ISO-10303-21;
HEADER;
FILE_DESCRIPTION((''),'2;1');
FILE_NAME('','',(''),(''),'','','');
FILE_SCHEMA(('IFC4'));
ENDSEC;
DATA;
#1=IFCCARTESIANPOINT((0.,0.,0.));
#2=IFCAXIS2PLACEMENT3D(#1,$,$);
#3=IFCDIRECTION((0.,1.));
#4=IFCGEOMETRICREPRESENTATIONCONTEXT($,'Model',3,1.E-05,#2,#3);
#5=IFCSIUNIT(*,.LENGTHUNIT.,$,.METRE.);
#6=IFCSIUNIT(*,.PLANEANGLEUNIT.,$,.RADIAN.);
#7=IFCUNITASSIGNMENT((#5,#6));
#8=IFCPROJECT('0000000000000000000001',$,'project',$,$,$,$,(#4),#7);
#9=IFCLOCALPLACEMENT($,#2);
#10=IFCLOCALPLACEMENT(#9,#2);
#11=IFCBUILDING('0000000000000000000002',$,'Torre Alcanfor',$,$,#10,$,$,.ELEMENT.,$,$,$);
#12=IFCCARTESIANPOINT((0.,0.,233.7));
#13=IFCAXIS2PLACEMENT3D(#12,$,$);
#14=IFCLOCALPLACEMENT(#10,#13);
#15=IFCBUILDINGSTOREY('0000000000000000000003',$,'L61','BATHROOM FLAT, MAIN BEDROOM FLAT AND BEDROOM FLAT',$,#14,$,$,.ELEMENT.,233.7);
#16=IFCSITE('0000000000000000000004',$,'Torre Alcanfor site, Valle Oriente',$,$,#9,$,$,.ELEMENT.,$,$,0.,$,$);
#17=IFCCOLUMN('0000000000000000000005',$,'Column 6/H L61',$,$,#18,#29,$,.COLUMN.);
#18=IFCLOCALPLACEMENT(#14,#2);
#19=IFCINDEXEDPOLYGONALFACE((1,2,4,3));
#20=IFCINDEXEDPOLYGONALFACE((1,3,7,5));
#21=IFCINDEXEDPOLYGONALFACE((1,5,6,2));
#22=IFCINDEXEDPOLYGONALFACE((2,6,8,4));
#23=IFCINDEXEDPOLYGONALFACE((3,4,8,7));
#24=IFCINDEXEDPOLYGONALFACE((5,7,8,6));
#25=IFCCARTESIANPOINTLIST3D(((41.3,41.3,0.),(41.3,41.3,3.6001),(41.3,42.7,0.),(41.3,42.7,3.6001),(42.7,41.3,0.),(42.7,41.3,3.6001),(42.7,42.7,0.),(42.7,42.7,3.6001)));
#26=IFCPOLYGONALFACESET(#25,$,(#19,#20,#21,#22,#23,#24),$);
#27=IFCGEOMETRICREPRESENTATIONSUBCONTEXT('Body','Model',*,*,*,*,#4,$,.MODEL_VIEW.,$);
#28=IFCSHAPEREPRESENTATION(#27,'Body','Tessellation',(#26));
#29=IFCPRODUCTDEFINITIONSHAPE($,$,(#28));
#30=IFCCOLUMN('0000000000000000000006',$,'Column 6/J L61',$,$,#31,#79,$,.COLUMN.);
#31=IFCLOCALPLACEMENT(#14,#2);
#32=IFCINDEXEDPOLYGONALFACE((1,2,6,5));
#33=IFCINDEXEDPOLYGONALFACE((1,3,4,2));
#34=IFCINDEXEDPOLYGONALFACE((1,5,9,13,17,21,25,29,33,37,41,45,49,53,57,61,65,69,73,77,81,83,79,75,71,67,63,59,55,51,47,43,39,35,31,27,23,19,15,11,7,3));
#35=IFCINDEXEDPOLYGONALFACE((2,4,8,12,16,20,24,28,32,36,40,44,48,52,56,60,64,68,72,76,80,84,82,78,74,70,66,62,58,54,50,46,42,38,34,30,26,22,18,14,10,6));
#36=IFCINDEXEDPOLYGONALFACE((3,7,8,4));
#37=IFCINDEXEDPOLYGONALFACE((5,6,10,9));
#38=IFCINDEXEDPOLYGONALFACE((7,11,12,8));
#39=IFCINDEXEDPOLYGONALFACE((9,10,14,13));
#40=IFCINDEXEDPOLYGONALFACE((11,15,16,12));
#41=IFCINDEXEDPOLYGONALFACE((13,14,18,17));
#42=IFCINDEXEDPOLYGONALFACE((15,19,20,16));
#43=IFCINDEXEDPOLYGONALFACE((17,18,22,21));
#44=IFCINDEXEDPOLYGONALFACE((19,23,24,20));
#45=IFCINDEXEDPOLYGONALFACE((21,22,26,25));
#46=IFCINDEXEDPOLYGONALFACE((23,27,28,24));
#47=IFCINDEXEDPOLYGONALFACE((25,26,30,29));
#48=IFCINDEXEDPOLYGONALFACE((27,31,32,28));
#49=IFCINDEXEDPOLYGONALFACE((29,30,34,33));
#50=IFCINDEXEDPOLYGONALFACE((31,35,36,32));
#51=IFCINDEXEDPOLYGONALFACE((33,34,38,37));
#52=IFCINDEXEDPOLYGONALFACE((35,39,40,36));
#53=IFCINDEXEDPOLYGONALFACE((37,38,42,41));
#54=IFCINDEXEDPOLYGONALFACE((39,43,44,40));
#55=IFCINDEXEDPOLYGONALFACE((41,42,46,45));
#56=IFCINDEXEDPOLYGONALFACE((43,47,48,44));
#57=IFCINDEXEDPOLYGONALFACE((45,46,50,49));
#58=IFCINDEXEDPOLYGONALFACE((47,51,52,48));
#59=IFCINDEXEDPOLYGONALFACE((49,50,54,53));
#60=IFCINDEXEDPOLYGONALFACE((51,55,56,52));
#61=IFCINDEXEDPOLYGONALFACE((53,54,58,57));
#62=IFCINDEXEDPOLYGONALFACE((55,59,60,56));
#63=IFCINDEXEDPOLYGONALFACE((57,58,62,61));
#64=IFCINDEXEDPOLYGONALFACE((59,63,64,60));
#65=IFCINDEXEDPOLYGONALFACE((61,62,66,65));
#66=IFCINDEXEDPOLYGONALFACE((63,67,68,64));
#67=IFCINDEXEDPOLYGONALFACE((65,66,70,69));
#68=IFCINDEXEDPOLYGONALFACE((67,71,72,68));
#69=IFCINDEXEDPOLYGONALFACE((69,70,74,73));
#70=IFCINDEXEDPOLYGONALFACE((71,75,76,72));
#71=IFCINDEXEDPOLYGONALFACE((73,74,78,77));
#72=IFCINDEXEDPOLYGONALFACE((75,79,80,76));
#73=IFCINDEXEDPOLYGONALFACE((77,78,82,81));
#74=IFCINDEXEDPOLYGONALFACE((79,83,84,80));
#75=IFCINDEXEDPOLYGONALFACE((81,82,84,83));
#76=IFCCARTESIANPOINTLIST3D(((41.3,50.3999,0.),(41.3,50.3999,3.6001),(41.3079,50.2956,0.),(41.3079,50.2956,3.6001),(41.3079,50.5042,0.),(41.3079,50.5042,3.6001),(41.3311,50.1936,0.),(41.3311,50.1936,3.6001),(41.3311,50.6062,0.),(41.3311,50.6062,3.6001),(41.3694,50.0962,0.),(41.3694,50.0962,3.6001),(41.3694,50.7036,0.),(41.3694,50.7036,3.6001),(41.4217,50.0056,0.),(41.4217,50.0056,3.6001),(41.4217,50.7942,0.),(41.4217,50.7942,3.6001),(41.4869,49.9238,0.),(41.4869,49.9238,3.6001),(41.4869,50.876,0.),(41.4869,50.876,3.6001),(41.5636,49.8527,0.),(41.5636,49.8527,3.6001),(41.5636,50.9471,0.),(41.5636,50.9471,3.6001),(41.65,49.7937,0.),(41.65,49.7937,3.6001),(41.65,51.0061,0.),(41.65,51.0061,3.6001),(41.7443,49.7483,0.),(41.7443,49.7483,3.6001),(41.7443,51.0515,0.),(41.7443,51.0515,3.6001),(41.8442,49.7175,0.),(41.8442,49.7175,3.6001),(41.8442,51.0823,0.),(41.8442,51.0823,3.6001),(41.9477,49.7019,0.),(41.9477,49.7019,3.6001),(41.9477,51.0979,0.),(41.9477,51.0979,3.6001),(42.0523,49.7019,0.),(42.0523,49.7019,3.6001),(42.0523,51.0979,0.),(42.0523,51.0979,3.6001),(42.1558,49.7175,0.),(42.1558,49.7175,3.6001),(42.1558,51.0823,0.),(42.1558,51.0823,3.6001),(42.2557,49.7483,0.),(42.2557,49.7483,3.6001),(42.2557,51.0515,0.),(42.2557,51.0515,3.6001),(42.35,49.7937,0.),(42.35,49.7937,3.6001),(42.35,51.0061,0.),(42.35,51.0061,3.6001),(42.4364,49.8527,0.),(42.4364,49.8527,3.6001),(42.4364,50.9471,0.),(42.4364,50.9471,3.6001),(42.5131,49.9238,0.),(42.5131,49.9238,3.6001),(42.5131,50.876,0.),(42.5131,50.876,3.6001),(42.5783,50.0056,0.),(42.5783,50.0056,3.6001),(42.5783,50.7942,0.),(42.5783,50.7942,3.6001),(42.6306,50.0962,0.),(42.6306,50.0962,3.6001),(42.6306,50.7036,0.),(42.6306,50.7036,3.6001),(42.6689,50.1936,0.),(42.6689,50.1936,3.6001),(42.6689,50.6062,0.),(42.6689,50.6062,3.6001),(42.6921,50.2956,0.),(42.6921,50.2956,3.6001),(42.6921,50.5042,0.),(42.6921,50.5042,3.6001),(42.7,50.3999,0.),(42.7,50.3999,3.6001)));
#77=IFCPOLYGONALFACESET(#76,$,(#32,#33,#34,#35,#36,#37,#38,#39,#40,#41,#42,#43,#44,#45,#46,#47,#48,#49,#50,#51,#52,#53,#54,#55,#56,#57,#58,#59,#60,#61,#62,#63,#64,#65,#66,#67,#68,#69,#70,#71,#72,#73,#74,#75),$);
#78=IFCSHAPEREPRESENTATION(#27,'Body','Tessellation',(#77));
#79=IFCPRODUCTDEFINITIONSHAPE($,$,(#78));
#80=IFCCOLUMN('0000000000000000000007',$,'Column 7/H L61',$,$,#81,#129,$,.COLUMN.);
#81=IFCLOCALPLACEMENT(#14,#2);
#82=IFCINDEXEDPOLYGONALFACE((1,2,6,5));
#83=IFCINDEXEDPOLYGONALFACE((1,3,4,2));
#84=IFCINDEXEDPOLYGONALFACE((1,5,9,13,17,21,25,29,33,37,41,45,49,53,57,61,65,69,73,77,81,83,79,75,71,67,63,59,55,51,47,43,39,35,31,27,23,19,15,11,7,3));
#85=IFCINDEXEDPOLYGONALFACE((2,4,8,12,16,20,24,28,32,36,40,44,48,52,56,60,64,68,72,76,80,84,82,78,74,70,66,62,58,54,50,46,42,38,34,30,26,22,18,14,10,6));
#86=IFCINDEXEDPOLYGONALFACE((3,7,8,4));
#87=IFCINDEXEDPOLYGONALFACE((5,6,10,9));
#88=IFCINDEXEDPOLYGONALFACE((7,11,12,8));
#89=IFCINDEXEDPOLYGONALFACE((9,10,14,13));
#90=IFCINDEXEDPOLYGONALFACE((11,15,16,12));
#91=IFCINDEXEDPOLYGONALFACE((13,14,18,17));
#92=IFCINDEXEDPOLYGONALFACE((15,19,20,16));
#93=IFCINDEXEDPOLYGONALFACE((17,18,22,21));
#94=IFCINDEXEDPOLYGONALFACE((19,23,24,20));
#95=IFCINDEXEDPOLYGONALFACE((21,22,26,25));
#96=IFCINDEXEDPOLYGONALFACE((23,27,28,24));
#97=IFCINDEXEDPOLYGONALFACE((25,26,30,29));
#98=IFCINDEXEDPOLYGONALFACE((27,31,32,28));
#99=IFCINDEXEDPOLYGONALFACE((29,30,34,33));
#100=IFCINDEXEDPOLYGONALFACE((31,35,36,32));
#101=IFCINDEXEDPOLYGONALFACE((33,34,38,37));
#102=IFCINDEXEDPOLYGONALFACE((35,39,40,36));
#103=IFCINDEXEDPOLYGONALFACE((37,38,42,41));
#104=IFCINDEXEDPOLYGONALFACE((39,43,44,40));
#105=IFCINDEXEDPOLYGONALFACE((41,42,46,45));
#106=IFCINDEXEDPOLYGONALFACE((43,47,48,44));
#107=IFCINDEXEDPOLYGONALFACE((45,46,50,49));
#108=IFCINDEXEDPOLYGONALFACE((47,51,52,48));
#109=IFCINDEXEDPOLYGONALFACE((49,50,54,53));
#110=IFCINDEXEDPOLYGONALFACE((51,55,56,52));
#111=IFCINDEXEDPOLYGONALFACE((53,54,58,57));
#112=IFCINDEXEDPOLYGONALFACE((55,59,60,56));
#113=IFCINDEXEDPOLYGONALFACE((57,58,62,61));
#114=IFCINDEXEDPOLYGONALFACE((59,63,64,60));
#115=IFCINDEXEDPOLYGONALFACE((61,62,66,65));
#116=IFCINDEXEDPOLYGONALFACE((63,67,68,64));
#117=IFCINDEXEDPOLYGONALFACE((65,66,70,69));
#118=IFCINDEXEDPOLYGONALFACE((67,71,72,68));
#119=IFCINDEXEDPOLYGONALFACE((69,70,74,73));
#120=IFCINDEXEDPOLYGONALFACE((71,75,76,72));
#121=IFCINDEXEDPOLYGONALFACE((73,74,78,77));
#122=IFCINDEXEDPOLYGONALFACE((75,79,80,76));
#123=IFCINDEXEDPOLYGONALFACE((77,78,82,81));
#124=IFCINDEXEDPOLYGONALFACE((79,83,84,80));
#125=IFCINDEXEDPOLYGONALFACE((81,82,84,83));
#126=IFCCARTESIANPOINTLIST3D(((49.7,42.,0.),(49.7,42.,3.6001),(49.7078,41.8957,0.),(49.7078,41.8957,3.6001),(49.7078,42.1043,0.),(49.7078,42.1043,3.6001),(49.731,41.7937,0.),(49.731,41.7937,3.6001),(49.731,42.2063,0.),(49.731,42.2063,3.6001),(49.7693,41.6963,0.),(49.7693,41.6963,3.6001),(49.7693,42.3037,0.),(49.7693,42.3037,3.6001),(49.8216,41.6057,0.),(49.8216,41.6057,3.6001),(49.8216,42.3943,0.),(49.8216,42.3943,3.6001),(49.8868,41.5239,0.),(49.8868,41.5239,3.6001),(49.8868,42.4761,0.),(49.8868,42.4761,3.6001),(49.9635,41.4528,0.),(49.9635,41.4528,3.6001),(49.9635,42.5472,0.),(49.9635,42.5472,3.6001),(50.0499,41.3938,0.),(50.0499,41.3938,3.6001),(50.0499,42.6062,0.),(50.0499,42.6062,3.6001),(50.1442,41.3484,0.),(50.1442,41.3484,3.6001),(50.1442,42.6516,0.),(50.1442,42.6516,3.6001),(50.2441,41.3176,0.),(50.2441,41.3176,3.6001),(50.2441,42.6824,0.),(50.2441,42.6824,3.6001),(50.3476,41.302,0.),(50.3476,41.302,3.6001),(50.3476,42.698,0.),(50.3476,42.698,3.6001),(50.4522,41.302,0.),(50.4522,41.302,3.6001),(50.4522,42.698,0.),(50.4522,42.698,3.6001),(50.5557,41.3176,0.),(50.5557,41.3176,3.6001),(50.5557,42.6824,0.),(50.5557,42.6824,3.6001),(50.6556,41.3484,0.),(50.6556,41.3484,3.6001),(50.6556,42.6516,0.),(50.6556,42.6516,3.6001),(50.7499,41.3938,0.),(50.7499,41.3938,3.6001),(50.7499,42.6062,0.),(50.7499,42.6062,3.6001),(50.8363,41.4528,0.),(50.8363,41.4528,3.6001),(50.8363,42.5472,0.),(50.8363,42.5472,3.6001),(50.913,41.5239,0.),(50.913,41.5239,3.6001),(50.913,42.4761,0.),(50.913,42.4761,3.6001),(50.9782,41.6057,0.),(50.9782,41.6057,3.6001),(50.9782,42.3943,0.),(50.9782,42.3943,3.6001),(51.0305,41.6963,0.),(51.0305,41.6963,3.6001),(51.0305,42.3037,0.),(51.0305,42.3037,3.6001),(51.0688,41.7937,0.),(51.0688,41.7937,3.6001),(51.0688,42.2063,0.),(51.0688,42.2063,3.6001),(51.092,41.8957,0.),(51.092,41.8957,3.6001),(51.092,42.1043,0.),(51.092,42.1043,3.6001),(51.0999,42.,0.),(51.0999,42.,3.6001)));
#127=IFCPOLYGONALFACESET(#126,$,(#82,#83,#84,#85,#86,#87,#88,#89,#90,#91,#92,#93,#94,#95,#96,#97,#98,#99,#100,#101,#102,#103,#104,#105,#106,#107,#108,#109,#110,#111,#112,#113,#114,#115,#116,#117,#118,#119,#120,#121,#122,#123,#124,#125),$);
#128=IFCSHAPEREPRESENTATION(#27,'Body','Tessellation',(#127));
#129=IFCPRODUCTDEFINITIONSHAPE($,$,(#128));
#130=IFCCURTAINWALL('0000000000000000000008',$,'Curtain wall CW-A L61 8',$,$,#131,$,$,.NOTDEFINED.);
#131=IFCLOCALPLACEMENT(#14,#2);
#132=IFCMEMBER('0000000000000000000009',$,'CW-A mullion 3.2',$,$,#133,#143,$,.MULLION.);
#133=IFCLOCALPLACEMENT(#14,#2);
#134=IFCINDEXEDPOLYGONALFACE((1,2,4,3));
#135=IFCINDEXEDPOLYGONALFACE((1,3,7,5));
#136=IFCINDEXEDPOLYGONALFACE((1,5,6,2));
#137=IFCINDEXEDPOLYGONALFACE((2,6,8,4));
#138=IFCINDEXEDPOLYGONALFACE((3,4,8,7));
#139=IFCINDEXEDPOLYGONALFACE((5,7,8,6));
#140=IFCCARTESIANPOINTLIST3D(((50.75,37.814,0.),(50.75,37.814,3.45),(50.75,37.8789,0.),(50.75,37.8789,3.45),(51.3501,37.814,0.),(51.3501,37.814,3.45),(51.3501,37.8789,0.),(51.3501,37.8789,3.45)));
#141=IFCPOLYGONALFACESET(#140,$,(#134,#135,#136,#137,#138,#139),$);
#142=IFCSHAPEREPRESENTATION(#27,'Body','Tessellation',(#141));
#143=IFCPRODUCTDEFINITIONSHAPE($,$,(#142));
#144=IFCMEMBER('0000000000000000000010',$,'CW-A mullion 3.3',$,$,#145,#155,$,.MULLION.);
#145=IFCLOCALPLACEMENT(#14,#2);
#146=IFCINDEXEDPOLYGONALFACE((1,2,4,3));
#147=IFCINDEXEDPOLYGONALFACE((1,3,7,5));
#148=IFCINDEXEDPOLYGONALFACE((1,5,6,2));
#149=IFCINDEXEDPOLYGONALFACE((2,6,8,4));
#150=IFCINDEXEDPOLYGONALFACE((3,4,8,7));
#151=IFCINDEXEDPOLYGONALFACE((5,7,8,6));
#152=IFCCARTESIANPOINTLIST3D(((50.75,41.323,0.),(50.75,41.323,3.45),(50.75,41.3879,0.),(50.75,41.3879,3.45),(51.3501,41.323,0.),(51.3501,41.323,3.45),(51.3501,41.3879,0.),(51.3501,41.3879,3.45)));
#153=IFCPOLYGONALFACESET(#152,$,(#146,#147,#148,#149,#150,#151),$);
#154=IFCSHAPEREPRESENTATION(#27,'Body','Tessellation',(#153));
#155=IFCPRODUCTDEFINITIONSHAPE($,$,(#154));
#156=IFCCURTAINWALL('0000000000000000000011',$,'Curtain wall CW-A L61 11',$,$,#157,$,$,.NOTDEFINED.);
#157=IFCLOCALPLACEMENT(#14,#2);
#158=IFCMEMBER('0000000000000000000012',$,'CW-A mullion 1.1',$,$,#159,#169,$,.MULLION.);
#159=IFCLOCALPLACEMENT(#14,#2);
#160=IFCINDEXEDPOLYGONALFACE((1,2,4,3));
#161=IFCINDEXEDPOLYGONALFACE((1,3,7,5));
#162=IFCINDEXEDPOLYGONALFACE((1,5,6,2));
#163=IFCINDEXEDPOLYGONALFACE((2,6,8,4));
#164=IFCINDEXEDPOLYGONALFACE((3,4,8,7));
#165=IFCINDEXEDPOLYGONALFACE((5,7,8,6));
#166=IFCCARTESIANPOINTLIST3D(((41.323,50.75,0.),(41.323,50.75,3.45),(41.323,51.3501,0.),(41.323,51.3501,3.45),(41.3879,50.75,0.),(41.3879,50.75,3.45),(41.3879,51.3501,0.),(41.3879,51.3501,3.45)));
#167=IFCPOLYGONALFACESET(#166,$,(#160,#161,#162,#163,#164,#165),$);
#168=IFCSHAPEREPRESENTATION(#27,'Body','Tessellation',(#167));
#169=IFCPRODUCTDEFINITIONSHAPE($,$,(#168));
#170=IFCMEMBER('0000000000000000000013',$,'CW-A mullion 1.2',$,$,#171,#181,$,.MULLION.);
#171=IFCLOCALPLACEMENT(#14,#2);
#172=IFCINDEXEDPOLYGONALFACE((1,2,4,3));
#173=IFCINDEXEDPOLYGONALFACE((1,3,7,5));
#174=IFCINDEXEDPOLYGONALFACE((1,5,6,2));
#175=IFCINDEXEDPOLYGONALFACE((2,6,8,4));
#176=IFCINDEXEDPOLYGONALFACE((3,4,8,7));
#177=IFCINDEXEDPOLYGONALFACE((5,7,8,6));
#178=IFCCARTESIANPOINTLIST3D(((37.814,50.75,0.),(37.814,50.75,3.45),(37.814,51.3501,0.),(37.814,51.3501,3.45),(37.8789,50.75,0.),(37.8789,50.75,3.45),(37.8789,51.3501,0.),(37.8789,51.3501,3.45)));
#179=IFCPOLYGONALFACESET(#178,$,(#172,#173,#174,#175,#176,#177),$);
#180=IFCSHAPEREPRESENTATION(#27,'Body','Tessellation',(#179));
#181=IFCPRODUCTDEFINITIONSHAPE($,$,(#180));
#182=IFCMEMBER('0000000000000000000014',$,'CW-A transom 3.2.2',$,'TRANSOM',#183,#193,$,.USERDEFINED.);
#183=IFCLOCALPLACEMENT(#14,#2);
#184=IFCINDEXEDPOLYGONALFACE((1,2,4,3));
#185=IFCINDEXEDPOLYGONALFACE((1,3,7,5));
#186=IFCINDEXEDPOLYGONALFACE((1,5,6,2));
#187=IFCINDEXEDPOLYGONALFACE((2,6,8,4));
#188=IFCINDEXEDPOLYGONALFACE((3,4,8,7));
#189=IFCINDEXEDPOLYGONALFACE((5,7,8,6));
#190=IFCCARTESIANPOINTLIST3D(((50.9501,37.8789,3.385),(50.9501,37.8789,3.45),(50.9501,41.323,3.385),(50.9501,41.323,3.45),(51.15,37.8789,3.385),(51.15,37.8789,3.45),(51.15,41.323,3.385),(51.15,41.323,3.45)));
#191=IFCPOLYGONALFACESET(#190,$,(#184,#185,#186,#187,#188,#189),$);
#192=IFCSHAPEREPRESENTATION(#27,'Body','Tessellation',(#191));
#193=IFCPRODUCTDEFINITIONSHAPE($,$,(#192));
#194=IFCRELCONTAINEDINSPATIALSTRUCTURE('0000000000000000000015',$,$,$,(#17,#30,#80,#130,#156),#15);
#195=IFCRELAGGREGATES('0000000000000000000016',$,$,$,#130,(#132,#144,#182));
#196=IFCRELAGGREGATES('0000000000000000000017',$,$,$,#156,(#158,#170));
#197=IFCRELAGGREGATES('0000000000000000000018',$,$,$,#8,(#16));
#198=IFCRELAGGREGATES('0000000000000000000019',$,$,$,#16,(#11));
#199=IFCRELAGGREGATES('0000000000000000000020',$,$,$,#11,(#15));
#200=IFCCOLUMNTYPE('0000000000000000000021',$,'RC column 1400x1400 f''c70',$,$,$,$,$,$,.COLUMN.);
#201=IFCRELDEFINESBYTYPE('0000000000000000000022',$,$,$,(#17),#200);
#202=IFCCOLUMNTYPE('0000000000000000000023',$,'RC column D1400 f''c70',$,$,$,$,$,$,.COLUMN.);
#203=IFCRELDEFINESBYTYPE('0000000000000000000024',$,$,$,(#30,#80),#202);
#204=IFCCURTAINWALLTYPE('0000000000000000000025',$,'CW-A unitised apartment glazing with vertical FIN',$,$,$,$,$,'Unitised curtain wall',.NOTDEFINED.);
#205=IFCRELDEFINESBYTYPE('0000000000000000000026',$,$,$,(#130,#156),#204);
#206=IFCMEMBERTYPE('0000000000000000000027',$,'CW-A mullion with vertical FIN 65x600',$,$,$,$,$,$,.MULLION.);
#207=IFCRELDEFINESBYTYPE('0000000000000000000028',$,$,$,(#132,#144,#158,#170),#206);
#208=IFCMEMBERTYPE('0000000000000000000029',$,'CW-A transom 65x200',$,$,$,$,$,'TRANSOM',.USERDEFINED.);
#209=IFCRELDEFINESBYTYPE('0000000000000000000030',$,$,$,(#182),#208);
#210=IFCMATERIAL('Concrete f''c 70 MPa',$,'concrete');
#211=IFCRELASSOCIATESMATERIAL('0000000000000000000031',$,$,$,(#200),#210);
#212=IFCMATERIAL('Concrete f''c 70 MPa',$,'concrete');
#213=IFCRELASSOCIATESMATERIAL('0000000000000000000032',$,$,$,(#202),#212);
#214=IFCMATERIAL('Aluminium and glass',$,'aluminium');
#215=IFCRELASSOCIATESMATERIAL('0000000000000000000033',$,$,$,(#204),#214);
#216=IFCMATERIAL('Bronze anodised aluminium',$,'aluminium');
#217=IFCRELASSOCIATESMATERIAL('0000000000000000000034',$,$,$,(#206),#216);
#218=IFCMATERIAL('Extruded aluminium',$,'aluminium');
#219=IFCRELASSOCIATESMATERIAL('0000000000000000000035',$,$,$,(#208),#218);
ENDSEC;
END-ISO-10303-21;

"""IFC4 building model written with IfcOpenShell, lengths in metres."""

from ifc_helpers import new_model, si_unit, direction, frame, origin, origin_2d, place, context, subcontext, project, spatial, rectangle, circle, extrude, material, material_profile, profile_set, type_object, element, aggregate, save


model = new_model("IFC4")

# Units and contexts
model_context = context("Model", 3, precision=1e-05, world=origin(), true_north=direction((0.0, 1.0)))
body_context = subcontext(model_context, "Body", "Model", "MODEL_VIEW")
ifc_project = project(units=[si_unit("LENGTHUNIT", "METRE"), si_unit("PLANEANGLEUNIT", "RADIAN")], contexts=[model_context])

# Site, building, storey
site_placement = place(None, origin())
site = spatial("IfcSite", under=ifc_project, at=site_placement, Name="Torre Alcanfor site, Valle Oriente", CompositionType="ELEMENT", RefElevation=0.0)
building_placement = place(site_placement, origin())
building = spatial("IfcBuilding", under=site, at=building_placement, Name="Torre Alcanfor", CompositionType="ELEMENT")
storey_placement = place(building_placement, frame((0.0, 0.0, 233.7)))
storey = spatial("IfcBuildingStorey", under=building, at=storey_placement, Name="L61", Description="BATHROOM FLAT, MAIN BEDROOM FLAT AND BEDROOM FLAT", CompositionType="ELEMENT", Elevation=233.7)

# Columns
ifc_material_1 = material(Name="Concrete f'c 70 MPa", Category="concrete")
ifc_material_profile_1 = material_profile(ifc_material_1, rectangle(XDim=1.3999, YDim=1.3999, at=origin_2d()), Name="1400x1400")
ifc_profile_set_1 = profile_set([ifc_material_profile_1], Name="Concrete f'c 70 MPa")
column_type_1 = type_object("IfcColumnType", Name="RC column 1400x1400 f'c70", PredefinedType="COLUMN", material=ifc_profile_set_1)
column_placement = place(storey_placement, frame((42.0, 42.0, 0.0), z_axis=(0.0, 0.0, 1.0), x_axis=(1.0, 0.0, 0.0)))
element("IfcColumn", 1, at=column_placement, inside=storey, type_object=column_type_1, Name="Column 6/H L61", PredefinedType="COLUMN", context=body_context, shape_type="SweptSolid", body=[
    extrude(rectangle(XDim=1.3999, YDim=1.3999, at=origin_2d()), origin(), (0.0, 0.0, 1.0), 3.6001),
])
ifc_material_2 = material(Name="Concrete f'c 70 MPa", Category="concrete")
ifc_material_profile_2 = material_profile(ifc_material_2, circle(Radius=0.7, at=origin_2d()), Name="D1400")
ifc_profile_set_2 = profile_set([ifc_material_profile_2], Name="Concrete f'c 70 MPa")
column_type_2 = type_object("IfcColumnType", Name="RC column D1400 f'c70", PredefinedType="COLUMN", material=ifc_profile_set_2)
for number, where, z_axis, x_axis, name in (
    (2, (42.0, 50.3999, 0.0), (0.0, 0.0, 1.0), (1.0, 0.0, 0.0), "Column 6/J L61"),
    (3, (50.3999, 42.0, 0.0), (0.0, 0.0, 1.0), (1.0, 0.0, 0.0), "Column 7/H L61"),
):
    element("IfcColumn", number, at=place(storey_placement, frame(where, z_axis=z_axis, x_axis=x_axis)), inside=storey, type_object=column_type_2, Name=name, PredefinedType="COLUMN", context=body_context, shape_type="SweptSolid", body=[
        extrude(circle(Radius=0.7, at=origin_2d()), origin(), (0.0, 0.0, 1.0), 3.6001),
    ])

# Curtain walls, members
ifc_material_3 = material(Name="Aluminium and glass", Category="aluminium")
curtain_wall_type = type_object("IfcCurtainWallType", Name="CW-A unitised apartment glazing with vertical FIN", ElementType="Unitised curtain wall", PredefinedType="NOTDEFINED", material=ifc_material_3)
curtain_wall_1_placement = place(storey_placement, origin())
curtain_wall_1 = element("IfcCurtainWall", 4, at=curtain_wall_1_placement, inside=storey, type_object=curtain_wall_type, Name="Curtain wall CW-A L61 8", PredefinedType="NOTDEFINED")
ifc_material_4 = material(Name="Bronze anodised aluminium", Category="aluminium")
ifc_material_profile_3 = material_profile(ifc_material_4, rectangle(XDim=0.6001, YDim=0.0649, at=origin_2d()), Name="CW-A mullion 65x600")
ifc_profile_set_3 = profile_set([ifc_material_profile_3], Name="Bronze anodised aluminium")
member_type_1 = type_object("IfcMemberType", Name="CW-A mullion with vertical FIN 65x600", PredefinedType="MULLION", material=ifc_profile_set_3)
member_1_placement = place(storey_placement, frame((51.05, 37.8464, 0.0), z_axis=(0.0, 0.0, 1.0), x_axis=(-1.0, 0.0, 0.0)))
member_1 = element("IfcMember", 5, at=member_1_placement, type_object=member_type_1, Name="CW-A mullion 3.2", PredefinedType="MULLION", context=body_context, shape_type="SweptSolid", body=[
    extrude(rectangle(XDim=0.6001, YDim=0.0649, at=origin_2d()), origin(), (0.0, 0.0, 1.0), 3.45),
])
member_2_placement = place(storey_placement, frame((51.05, 41.3555, 0.0), z_axis=(0.0, 0.0, 1.0), x_axis=(-1.0, 0.0, 0.0)))
member_2 = element("IfcMember", 6, at=member_2_placement, type_object=member_type_1, Name="CW-A mullion 3.3", PredefinedType="MULLION", context=body_context, shape_type="SweptSolid", body=[
    extrude(rectangle(XDim=0.6001, YDim=0.0649, at=origin_2d()), origin(), (0.0, 0.0, 1.0), 3.45),
])
curtain_wall_2_placement = place(storey_placement, origin())
curtain_wall_2 = element("IfcCurtainWall", 7, at=curtain_wall_2_placement, inside=storey, type_object=curtain_wall_type, Name="Curtain wall CW-A L61 11", PredefinedType="NOTDEFINED")
member_3_placement = place(storey_placement, frame((41.3555, 51.05, 0.0), z_axis=(0.0, 0.0, 1.0), x_axis=(0.0, -1.0, 0.0)))
member_3 = element("IfcMember", 8, at=member_3_placement, type_object=member_type_1, Name="CW-A mullion 1.1", PredefinedType="MULLION", context=body_context, shape_type="SweptSolid", body=[
    extrude(rectangle(XDim=0.6001, YDim=0.0649, at=origin_2d()), origin(), (0.0, 0.0, 1.0), 3.45),
])
member_4_placement = place(storey_placement, frame((37.8464, 51.05, 0.0), z_axis=(0.0, 0.0, 1.0), x_axis=(0.0, -1.0, 0.0)))
member_4 = element("IfcMember", 9, at=member_4_placement, type_object=member_type_1, Name="CW-A mullion 1.2", PredefinedType="MULLION", context=body_context, shape_type="SweptSolid", body=[
    extrude(rectangle(XDim=0.6001, YDim=0.0649, at=origin_2d()), origin(), (0.0, 0.0, 1.0), 3.45),
])

# Member
ifc_material_5 = material(Name="Extruded aluminium", Category="aluminium")
ifc_material_profile_4 = material_profile(ifc_material_5, rectangle(XDim=0.2, YDim=0.0649, at=origin_2d()), Name="CW-A transom 200x65")
ifc_profile_set_4 = profile_set([ifc_material_profile_4], Name="Extruded aluminium")
member_type_2 = type_object("IfcMemberType", Name="CW-A transom 65x200", ElementType="TRANSOM", PredefinedType="USERDEFINED", material=ifc_profile_set_4)
member_5_placement = place(storey_placement, frame((51.05, 37.8789, 3.4175), z_axis=(0.0, 1.0, 0.0), x_axis=(-1.0, 0.0, 0.0)))
member_5 = element("IfcMember", 10, at=member_5_placement, type_object=member_type_2, Name="CW-A transom 3.2.2", ObjectType="TRANSOM", PredefinedType="USERDEFINED", context=body_context, shape_type="SweptSolid", body=[
    extrude(rectangle(XDim=0.2, YDim=0.0649, at=origin_2d()), origin(), (0.0, 0.0, 1.0), 3.4441),
])

aggregate(curtain_wall_1, [member_1, member_2, member_5])
aggregate(curtain_wall_2, [member_3, member_4])

save(model, "model.ifc")
